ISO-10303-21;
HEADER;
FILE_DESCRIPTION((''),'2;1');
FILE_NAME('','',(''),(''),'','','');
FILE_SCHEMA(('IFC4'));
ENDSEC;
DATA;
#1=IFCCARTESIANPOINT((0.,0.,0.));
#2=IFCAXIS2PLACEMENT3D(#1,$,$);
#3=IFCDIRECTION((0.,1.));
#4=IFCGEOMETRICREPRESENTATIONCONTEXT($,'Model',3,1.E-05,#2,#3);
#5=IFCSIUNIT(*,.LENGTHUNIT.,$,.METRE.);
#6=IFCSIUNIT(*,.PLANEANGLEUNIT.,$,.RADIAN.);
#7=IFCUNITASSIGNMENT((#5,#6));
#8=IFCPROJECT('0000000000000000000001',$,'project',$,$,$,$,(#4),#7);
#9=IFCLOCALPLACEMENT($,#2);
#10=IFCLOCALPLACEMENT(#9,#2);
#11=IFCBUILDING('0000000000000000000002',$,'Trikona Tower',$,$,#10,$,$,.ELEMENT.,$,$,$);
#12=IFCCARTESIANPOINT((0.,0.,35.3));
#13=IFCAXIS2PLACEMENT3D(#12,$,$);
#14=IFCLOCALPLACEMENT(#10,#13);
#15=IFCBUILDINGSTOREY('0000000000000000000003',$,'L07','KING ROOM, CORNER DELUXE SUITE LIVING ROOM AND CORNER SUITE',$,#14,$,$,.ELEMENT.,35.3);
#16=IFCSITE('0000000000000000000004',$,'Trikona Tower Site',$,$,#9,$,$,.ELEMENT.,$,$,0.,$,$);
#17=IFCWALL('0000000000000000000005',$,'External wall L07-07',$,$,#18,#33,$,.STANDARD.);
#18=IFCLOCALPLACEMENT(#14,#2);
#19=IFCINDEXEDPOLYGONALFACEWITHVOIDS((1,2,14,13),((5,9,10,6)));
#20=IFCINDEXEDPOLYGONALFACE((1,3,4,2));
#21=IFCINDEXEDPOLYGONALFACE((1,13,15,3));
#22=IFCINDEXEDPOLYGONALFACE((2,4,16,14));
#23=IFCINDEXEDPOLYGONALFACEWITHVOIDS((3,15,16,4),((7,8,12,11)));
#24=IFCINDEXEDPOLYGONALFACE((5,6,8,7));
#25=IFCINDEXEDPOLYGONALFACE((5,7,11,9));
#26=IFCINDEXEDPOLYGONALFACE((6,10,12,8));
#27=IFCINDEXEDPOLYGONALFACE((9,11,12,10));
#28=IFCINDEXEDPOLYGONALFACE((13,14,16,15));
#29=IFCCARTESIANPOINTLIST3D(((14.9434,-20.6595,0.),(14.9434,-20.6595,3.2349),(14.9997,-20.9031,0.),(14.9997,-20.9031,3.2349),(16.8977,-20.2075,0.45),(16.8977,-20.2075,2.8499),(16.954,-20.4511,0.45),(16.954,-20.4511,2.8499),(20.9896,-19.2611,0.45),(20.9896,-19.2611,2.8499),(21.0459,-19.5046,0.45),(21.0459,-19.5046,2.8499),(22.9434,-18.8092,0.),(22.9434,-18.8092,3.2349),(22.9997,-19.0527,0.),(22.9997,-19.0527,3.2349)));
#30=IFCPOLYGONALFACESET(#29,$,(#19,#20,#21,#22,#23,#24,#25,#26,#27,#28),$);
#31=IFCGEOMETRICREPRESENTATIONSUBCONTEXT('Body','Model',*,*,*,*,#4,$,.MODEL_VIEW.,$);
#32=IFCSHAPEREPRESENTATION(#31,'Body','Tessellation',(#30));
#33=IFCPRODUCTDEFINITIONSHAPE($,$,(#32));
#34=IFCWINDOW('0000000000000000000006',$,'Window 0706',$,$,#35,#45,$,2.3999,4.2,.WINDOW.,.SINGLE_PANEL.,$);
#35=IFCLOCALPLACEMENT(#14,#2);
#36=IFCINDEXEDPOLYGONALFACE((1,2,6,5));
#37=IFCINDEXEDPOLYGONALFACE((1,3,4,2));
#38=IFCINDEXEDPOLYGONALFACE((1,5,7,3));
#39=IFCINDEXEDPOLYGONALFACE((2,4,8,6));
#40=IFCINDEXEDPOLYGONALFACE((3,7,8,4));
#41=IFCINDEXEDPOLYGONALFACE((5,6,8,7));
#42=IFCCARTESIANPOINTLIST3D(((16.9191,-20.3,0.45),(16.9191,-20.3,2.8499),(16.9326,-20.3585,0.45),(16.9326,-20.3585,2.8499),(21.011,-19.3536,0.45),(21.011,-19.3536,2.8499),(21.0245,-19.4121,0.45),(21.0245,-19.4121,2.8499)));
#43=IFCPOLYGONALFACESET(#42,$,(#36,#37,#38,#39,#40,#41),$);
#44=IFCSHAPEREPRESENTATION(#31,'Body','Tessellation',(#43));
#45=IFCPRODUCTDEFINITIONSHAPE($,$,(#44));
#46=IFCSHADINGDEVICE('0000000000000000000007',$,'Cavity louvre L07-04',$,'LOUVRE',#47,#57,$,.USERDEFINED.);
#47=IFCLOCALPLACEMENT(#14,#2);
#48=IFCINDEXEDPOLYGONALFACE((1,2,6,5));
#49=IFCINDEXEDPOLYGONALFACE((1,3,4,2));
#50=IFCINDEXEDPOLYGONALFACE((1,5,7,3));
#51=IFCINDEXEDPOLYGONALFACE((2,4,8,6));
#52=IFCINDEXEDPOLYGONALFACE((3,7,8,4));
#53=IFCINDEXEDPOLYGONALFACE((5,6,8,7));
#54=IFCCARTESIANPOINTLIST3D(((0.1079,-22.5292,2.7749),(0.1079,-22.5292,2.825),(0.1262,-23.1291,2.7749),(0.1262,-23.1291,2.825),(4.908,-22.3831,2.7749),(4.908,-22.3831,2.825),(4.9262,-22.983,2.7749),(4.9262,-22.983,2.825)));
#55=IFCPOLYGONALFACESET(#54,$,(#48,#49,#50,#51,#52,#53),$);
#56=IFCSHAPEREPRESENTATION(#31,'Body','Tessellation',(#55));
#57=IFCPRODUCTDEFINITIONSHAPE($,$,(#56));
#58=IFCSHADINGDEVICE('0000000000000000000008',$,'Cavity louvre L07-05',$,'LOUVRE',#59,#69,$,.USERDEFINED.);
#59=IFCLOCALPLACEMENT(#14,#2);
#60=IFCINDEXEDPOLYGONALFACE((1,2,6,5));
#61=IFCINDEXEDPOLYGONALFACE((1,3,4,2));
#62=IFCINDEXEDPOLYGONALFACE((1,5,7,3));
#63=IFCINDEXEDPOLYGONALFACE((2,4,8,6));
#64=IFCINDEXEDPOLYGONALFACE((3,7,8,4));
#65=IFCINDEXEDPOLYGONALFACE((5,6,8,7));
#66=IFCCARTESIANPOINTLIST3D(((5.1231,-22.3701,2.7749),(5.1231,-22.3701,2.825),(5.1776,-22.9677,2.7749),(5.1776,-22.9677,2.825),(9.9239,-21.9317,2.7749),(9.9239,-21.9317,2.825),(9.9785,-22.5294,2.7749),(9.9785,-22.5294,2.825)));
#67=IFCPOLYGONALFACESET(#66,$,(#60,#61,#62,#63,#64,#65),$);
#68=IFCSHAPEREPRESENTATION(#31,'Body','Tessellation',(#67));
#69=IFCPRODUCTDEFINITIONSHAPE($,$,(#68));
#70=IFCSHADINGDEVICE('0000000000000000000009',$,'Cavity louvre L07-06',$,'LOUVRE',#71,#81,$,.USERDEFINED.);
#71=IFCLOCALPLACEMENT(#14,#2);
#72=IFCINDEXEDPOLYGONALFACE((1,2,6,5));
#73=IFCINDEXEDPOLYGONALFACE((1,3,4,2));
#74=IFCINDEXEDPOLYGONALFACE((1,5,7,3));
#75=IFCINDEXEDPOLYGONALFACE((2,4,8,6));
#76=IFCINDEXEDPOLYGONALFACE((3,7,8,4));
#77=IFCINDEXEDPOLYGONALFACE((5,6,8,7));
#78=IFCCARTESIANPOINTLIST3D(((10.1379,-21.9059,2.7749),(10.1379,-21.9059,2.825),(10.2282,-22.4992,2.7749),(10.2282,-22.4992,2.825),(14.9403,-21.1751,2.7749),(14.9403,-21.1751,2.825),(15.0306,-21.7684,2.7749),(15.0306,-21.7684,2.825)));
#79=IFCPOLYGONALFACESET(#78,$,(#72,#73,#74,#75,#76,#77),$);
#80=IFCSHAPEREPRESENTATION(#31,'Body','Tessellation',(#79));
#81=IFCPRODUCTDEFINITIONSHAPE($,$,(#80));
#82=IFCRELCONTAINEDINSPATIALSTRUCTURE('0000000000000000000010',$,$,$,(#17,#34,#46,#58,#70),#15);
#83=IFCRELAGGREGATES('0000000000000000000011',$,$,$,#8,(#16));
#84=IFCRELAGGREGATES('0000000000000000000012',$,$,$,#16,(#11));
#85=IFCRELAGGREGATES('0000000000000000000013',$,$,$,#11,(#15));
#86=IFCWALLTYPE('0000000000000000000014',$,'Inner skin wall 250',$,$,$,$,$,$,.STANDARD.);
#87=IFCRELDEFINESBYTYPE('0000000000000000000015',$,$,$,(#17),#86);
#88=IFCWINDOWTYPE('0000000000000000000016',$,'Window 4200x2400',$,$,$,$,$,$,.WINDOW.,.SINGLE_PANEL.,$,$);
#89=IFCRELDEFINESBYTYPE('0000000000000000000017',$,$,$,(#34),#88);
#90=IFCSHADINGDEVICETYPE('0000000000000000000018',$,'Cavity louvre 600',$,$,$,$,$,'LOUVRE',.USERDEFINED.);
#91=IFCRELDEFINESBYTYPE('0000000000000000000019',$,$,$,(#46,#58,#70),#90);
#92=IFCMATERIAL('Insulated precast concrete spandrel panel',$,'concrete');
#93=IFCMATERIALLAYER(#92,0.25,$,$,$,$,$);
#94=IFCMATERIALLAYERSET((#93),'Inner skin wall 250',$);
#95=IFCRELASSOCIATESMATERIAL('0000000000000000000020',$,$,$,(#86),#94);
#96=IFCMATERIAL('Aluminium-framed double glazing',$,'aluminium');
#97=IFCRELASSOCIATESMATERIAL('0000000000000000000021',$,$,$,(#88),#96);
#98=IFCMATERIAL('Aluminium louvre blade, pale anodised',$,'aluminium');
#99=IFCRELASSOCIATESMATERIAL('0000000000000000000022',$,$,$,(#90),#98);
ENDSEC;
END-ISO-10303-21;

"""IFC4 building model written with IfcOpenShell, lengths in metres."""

from ifc_helpers import new_model, si_unit, direction, frame, frame_2d, origin, origin_2d, place, context, subcontext, project, spatial, rectangle, extrude, material, layer, layer_set, type_object, element, fill, save


model = new_model("IFC4")

# Units and contexts
model_context = context("Model", 3, precision=1e-05, world=origin(), true_north=direction((0.0, 1.0)))
body_context = subcontext(model_context, "Body", "Model", "MODEL_VIEW")
ifc_project = project(units=[si_unit("LENGTHUNIT", "METRE"), si_unit("PLANEANGLEUNIT", "RADIAN")], contexts=[model_context])

# Site, building, storey
site_placement = place(None, origin())
site = spatial("IfcSite", under=ifc_project, at=site_placement, Name="Trikona Tower Site", CompositionType="ELEMENT", RefElevation=0.0)
building_placement = place(site_placement, origin())
building = spatial("IfcBuilding", under=site, at=building_placement, Name="Trikona Tower", CompositionType="ELEMENT")
storey_placement = place(building_placement, frame((0.0, 0.0, 35.3)))
storey = spatial("IfcBuildingStorey", under=building, at=storey_placement, Name="L07", Description="KING ROOM, CORNER DELUXE SUITE LIVING ROOM AND CORNER SUITE", CompositionType="ELEMENT", Elevation=35.3)

# Wall, opening, window
ifc_material_1 = material(Name="Insulated precast concrete spandrel panel", Category="concrete")
ifc_layer_1 = layer(ifc_material_1, 0.25)
ifc_layer_set_1 = layer_set([ifc_layer_1], Name="Inner skin wall 250")
wall_type = type_object("IfcWallType", Name="Inner skin wall 250", PredefinedType="STANDARD", material=ifc_layer_set_1)
wall_1_placement = place(storey_placement, frame((14.9717, -20.7812, 0.0), z_axis=(0.0, 0.0, 1.0), x_axis=(0.974279, 0.225344, 0.0)))
wall_1 = element("IfcWall", 1, at=wall_1_placement, inside=storey, type_object=wall_type, Name="External wall L07-07", PredefinedType="STANDARD", context=body_context, shape_type="SweptSolid", body=[
    extrude(rectangle(XDim=8.2112, YDim=0.25, at=frame_2d((4.1055, 0.0))), origin(), (0.0, 0.0, 1.0), 3.2349),
])
opening_1_placement = place(wall_1_placement, frame((2.0056, 0.0, 0.45)))
opening_1 = element("IfcOpeningElement", 2, at=opening_1_placement, cuts=wall_1, PredefinedType="OPENING", context=body_context, shape_type="SweptSolid", body=[
    extrude(rectangle(XDim=4.2, YDim=2.3999, at=frame_2d((2.1001, 1.2))), frame((0.0, 0.135, 0.0), z_axis=(0.0, -1.0, 0.0), x_axis=(1.0, 0.0, 0.0)), (0.0, 0.0, 1.0), 0.27),
])
ifc_material_2 = material(Name="Aluminium-framed double glazing", Category="aluminium")
window_type_1 = type_object("IfcWindowType", Name="Window 4200x2400", PartitioningType="SINGLE_PANEL", PredefinedType="WINDOW", material=ifc_material_2)
window_1_placement = place(opening_1_placement, origin())
window_1 = element("IfcWindow", 3, at=window_1_placement, inside=storey, type_object=window_type_1, Name="Window 0706", OverallHeight=2.3999, OverallWidth=4.2, PartitioningType="SINGLE_PANEL", PredefinedType="WINDOW", context=body_context, shape_type="SweptSolid", body=[
    extrude(rectangle(XDim=4.2, YDim=2.3999, at=frame_2d((2.1001, 1.2))), frame((0.0, 0.03, 0.0), z_axis=(0.0, -1.0, 0.0), x_axis=(1.0, 0.0, 0.0)), (0.0, 0.0, 1.0), 0.0601),
])
fill(opening_1, window_1)

# Shading devices
ifc_material_3 = material(Name="Aluminium louvre blade, pale anodised", Category="aluminium")
shading_device_type = type_object("IfcShadingDeviceType", Name="Cavity louvre 600", ElementType="LOUVRE", PredefinedType="USERDEFINED", material=ifc_material_3)
shading_device_1_placement = place(storey_placement, frame((2.5171, -22.7561, 2.7749), z_axis=(0.0, 0.0, 1.0), x_axis=(0.999537, 0.030425, 0.0)))
element("IfcShadingDevice", 4, at=shading_device_1_placement, inside=storey, type_object=shading_device_type, Name="Cavity louvre L07-04", ObjectType="LOUVRE", PredefinedType="USERDEFINED", context=body_context, shape_type="SweptSolid", body=[
    extrude(rectangle(XDim=4.8022, YDim=0.6001, at=origin_2d()), origin(), (0.0, 0.0, 1.0), 0.05),
])
shading_device_2_placement = place(storey_placement, frame((7.5508, -22.4497, 2.7749), z_axis=(0.0, 0.0, 1.0), x_axis=(0.995858, 0.090921, 0.0)))
element("IfcShadingDevice", 5, at=shading_device_2_placement, inside=storey, type_object=shading_device_type, Name="Cavity louvre L07-05", ObjectType="LOUVRE", PredefinedType="USERDEFINED", context=body_context, shape_type="SweptSolid", body=[
    extrude(rectangle(XDim=4.8208, YDim=0.6001, at=origin_2d()), origin(), (0.0, 0.0, 1.0), 0.05),
])
shading_device_3_placement = place(storey_placement, frame((12.5842, -21.8372, 2.7749), z_axis=(0.0, 0.0, 1.0), x_axis=(0.988618, 0.150448, 0.0)))
element("IfcShadingDevice", 6, at=shading_device_3_placement, inside=storey, type_object=shading_device_type, Name="Cavity louvre L07-06", ObjectType="LOUVRE", PredefinedType="USERDEFINED", context=body_context, shape_type="SweptSolid", body=[
    extrude(rectangle(XDim=4.8577, YDim=0.6001, at=origin_2d()), origin(), (0.0, 0.0, 1.0), 0.05),
])

save(model, "model.ifc")
